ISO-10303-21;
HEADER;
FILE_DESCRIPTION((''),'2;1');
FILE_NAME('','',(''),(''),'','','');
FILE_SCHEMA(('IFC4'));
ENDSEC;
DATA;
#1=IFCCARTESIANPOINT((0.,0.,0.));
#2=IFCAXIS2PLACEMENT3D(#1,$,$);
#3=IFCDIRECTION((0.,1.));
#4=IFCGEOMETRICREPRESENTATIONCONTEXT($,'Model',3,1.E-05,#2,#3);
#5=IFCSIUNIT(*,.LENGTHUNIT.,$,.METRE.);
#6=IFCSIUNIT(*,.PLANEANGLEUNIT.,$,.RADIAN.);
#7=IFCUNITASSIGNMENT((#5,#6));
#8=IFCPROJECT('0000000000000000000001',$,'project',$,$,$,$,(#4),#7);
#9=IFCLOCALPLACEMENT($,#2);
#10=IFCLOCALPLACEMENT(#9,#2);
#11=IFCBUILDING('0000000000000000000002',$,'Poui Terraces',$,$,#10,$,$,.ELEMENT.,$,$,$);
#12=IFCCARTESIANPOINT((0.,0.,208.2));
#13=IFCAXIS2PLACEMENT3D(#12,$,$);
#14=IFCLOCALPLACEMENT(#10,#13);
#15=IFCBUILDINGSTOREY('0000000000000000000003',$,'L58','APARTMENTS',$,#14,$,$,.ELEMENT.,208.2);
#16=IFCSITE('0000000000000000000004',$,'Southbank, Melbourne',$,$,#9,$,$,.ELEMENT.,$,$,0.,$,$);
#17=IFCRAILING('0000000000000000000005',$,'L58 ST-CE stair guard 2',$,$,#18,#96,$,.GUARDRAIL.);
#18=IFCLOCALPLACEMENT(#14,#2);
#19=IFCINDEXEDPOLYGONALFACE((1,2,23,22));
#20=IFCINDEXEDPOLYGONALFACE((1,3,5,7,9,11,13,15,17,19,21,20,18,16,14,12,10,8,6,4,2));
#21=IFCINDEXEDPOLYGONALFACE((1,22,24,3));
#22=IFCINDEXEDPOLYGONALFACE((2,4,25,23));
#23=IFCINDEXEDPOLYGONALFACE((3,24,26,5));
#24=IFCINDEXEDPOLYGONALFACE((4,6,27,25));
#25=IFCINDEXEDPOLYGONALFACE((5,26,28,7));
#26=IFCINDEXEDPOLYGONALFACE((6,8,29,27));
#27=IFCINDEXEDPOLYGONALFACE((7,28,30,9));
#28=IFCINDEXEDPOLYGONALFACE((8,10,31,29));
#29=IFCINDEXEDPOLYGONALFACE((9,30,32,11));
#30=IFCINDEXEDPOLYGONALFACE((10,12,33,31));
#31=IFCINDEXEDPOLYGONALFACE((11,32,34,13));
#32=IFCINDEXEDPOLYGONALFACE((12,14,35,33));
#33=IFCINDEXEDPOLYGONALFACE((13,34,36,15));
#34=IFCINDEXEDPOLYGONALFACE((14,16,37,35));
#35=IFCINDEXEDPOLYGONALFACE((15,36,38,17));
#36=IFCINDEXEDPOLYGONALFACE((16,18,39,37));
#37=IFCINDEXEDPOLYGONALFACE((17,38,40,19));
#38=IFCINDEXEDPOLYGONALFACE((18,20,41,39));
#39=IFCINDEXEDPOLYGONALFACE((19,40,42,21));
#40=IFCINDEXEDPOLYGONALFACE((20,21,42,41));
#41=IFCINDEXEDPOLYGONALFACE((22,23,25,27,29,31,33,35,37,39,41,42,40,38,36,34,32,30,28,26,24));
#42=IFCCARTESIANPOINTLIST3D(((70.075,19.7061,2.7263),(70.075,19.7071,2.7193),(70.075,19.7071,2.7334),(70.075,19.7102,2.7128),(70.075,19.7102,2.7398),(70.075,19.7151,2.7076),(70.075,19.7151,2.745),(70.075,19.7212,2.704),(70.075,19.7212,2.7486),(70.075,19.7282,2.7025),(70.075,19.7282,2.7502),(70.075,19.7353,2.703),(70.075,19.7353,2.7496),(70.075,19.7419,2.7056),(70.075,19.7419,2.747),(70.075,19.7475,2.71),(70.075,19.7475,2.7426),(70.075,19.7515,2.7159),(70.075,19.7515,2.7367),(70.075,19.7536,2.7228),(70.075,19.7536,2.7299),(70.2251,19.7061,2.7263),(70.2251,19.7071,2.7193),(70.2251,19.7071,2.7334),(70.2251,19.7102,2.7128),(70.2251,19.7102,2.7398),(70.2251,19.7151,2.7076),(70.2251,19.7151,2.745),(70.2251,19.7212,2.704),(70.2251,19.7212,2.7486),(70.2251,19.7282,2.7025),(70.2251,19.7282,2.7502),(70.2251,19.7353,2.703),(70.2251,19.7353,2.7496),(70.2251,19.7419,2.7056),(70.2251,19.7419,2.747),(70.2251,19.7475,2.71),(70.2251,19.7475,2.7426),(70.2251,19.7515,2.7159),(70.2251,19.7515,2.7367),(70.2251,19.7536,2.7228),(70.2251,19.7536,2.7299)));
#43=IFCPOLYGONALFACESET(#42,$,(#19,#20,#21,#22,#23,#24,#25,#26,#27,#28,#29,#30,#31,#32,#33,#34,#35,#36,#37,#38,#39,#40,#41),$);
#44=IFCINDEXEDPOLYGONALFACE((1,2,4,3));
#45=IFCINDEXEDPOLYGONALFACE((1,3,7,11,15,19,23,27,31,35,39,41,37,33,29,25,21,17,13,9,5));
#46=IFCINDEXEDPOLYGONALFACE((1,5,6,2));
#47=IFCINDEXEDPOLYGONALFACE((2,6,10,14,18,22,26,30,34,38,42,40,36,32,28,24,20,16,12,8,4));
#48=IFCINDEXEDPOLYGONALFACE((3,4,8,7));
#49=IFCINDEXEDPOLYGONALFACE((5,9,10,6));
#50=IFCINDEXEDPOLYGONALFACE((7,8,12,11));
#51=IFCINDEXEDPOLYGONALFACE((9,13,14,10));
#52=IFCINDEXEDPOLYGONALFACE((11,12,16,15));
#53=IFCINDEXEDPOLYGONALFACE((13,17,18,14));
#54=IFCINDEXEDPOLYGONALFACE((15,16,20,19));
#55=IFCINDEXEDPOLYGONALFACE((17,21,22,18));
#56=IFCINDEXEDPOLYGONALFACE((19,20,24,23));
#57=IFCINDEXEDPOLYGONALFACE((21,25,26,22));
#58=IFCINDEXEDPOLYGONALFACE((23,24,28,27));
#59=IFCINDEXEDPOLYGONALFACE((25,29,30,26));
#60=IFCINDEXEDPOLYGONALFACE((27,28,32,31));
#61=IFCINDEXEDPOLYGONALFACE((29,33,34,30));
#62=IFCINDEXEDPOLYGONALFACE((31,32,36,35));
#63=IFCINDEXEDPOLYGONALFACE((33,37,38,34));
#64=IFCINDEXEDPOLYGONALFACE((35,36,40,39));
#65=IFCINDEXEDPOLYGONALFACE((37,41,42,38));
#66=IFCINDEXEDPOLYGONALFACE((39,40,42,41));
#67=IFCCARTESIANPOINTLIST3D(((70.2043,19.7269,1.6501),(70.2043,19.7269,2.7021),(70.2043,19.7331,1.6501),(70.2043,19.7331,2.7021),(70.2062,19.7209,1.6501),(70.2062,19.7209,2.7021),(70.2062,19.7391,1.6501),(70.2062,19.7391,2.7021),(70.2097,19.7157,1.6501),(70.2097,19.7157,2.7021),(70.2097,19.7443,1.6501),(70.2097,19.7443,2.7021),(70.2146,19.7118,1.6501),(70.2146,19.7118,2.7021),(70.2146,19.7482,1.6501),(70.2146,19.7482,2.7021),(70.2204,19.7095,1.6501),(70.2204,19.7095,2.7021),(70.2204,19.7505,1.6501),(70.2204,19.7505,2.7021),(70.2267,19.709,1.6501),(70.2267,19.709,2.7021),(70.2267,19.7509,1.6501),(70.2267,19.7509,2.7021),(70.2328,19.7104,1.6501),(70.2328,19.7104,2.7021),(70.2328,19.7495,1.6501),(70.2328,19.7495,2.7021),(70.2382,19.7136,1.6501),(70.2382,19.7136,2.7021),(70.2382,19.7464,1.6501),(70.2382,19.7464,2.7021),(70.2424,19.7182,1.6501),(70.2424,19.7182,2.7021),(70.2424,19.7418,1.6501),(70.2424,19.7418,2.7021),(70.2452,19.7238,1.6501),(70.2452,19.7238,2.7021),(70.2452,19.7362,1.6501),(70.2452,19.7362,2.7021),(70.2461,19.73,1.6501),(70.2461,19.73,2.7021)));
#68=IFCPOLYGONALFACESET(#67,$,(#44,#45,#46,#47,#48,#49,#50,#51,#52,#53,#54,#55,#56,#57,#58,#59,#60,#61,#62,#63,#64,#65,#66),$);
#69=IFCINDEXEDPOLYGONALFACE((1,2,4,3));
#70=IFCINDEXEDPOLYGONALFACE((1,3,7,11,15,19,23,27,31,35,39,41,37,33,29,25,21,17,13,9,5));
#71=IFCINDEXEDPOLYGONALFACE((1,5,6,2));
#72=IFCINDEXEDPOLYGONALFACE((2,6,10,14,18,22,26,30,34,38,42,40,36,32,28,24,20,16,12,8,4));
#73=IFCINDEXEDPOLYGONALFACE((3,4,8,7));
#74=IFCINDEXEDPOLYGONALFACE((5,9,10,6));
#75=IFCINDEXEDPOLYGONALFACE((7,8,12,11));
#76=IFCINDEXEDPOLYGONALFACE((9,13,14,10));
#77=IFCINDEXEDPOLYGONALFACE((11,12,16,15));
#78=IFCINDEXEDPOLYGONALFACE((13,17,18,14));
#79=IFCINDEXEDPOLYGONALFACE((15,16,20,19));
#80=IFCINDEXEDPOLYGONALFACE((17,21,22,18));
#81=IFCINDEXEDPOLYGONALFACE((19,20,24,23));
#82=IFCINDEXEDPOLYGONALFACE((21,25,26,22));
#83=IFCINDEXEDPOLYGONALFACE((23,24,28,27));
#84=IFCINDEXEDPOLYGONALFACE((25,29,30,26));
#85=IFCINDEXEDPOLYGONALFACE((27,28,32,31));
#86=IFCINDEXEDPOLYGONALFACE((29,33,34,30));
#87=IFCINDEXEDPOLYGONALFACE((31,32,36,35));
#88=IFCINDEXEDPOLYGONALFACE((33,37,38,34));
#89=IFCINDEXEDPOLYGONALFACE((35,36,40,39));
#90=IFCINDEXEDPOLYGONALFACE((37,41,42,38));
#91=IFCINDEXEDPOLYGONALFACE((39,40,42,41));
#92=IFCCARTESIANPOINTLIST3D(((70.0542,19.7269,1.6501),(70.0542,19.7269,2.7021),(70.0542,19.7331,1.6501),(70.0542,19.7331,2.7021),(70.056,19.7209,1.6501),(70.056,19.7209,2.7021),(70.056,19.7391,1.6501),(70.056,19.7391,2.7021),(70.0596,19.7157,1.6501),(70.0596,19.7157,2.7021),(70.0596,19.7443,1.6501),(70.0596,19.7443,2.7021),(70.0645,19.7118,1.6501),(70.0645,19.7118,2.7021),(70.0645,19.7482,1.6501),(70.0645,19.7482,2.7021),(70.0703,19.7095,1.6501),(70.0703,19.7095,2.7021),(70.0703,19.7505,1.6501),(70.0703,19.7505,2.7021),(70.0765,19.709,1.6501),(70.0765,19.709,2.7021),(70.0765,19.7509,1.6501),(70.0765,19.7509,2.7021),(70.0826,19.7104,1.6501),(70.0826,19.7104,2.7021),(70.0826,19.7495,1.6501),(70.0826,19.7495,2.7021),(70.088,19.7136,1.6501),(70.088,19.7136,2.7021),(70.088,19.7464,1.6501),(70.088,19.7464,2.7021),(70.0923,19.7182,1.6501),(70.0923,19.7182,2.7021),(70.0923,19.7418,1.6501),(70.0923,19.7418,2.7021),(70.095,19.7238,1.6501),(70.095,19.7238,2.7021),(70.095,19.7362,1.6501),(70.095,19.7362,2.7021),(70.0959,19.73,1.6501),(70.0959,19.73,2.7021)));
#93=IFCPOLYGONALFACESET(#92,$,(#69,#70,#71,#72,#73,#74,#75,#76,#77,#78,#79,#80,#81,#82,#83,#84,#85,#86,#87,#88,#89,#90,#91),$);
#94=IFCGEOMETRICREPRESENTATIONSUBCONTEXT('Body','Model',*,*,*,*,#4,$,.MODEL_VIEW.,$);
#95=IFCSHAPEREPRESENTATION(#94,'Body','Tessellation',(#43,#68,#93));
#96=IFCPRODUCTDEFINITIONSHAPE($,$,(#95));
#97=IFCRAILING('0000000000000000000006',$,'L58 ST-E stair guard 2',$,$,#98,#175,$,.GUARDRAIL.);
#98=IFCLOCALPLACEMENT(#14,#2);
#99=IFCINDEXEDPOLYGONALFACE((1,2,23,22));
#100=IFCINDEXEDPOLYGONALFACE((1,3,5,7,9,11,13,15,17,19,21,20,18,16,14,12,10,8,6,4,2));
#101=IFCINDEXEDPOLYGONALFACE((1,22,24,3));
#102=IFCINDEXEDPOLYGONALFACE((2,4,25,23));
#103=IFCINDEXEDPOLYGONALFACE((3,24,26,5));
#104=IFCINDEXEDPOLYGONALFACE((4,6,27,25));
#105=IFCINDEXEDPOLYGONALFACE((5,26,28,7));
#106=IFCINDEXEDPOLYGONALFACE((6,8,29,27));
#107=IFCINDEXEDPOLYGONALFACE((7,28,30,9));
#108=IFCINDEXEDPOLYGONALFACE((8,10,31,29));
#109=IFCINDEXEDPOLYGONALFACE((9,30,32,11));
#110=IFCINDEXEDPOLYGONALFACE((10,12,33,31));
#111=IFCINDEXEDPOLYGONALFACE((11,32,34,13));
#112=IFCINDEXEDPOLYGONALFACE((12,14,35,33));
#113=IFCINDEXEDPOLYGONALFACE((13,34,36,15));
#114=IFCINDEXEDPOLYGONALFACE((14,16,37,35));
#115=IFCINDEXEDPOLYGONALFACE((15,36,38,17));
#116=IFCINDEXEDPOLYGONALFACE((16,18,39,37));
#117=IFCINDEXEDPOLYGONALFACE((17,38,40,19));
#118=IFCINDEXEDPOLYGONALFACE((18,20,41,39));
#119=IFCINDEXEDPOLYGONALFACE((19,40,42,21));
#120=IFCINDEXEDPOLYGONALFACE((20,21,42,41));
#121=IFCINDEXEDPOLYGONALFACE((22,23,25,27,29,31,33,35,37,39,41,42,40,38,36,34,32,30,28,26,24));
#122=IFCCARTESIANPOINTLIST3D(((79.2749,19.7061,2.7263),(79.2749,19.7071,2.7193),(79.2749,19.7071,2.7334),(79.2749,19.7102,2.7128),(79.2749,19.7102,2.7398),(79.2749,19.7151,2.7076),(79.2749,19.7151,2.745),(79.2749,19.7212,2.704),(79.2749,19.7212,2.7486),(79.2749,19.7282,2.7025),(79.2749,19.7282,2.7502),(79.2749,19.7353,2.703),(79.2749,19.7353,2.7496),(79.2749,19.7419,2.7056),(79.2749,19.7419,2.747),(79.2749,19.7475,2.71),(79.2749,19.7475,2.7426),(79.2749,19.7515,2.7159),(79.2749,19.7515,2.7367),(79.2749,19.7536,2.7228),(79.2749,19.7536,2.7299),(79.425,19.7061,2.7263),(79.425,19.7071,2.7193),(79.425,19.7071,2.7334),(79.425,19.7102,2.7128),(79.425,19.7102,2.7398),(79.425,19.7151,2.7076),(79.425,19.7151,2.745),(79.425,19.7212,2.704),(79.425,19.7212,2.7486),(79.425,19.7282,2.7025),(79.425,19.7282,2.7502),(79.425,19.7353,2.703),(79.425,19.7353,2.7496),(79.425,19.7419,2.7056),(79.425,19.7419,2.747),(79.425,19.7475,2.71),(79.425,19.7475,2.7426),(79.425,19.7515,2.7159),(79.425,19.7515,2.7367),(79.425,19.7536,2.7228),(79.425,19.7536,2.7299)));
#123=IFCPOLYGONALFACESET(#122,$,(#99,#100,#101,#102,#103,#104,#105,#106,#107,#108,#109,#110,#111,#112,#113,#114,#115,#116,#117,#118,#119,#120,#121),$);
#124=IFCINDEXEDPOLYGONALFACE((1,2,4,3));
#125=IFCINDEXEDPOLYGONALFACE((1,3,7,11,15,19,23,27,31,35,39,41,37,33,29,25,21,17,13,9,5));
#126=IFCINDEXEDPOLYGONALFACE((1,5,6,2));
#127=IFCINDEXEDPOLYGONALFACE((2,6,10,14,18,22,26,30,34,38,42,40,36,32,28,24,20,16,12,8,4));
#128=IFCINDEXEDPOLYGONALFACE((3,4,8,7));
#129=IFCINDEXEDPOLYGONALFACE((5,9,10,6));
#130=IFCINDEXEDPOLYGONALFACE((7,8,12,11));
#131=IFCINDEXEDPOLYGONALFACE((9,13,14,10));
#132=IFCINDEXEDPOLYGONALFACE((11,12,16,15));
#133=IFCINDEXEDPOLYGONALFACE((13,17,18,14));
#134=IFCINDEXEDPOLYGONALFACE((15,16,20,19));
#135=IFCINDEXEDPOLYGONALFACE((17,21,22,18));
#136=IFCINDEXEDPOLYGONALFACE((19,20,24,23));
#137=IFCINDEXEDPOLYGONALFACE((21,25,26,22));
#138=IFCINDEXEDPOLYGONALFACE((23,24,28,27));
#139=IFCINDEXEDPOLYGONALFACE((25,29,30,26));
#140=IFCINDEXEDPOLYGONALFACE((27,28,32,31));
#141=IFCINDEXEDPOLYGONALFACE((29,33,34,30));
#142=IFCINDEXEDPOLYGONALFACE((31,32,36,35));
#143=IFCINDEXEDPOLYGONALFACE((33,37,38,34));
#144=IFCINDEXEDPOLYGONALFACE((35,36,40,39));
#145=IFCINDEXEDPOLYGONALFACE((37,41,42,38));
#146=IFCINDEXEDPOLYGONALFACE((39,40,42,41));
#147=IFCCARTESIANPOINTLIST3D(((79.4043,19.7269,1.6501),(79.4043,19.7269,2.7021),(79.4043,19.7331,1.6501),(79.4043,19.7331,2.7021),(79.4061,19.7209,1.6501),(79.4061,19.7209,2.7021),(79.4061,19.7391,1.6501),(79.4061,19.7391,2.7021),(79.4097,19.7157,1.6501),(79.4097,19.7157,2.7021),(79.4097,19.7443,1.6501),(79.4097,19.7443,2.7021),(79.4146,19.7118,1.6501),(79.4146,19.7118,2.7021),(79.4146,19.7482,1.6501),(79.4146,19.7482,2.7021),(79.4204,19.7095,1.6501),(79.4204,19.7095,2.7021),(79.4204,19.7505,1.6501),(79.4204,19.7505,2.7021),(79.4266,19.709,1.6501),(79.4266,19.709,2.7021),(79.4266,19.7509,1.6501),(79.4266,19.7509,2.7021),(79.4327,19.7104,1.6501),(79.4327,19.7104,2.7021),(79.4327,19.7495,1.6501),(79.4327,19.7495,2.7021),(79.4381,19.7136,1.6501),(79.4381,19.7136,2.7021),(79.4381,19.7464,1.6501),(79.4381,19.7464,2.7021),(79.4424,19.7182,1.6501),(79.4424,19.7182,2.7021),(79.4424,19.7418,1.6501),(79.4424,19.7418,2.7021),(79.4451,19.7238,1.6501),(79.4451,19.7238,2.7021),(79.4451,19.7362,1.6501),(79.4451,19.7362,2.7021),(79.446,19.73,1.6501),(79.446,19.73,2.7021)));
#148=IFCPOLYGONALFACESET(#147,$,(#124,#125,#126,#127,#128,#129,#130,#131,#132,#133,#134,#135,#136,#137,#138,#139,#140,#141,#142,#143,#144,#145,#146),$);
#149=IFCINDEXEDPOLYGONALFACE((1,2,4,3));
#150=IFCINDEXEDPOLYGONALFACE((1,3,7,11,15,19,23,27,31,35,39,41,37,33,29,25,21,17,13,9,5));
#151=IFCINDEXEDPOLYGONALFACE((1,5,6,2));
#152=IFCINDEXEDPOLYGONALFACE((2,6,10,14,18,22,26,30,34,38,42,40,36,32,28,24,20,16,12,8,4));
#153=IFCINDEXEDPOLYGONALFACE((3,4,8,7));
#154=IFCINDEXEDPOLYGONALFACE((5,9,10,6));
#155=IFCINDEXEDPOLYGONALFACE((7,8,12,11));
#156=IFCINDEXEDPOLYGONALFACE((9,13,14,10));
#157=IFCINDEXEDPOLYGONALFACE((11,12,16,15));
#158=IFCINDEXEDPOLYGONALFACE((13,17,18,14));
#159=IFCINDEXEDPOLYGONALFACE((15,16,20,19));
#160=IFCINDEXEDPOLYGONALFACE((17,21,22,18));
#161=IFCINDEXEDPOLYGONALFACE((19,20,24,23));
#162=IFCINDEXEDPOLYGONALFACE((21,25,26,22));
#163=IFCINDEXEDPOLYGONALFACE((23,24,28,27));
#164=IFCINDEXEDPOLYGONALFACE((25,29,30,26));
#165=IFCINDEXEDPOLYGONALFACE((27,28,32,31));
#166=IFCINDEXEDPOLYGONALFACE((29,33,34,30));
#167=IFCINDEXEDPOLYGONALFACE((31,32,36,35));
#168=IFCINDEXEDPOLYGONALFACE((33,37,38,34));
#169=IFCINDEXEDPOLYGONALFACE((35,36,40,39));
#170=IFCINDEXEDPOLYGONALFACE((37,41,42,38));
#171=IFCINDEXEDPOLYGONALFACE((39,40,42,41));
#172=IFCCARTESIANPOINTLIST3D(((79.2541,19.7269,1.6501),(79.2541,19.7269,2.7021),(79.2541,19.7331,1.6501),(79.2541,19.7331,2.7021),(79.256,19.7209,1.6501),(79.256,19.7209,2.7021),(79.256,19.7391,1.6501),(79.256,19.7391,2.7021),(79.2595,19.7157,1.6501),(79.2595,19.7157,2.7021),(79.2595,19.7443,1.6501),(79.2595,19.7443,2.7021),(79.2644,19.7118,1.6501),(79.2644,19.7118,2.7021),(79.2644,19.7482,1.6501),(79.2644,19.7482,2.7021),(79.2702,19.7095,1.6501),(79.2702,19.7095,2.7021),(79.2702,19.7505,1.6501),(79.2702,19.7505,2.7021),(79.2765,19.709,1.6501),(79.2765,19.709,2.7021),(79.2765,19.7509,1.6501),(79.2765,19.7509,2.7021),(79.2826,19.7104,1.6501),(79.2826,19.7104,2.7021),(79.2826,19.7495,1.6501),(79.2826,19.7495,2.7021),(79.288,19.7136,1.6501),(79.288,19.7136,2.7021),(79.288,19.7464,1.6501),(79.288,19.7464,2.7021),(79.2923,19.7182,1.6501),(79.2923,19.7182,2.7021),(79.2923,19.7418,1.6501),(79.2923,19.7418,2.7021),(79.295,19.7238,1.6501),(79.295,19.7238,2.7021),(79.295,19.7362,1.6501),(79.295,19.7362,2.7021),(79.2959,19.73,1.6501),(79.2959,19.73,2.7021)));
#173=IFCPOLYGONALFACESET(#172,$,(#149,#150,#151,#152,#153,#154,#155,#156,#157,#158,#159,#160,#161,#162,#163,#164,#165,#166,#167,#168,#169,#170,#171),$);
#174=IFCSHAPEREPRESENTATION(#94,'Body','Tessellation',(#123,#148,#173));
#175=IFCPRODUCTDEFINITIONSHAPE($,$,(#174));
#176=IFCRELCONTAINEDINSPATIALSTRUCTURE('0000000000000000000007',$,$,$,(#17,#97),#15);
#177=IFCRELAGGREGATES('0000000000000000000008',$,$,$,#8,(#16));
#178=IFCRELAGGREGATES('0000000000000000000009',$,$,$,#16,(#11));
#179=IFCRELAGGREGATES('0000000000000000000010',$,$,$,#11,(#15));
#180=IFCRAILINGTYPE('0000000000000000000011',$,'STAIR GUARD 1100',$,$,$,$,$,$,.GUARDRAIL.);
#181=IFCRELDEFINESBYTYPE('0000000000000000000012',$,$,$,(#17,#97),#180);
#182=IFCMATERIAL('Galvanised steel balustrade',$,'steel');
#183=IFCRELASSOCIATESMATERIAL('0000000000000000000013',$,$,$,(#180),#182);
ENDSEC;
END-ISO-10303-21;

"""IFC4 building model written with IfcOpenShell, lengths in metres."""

from ifc_helpers import new_model, si_unit, direction, frame, origin, origin_2d, place, context, subcontext, project, spatial, circle, extrude, material, type_object, element, save


model = new_model("IFC4")

# Units and contexts
model_context = context("Model", 3, precision=1e-05, world=origin(), true_north=direction((0.0, 1.0)))
body_context = subcontext(model_context, "Body", "Model", "MODEL_VIEW")
ifc_project = project(units=[si_unit("LENGTHUNIT", "METRE"), si_unit("PLANEANGLEUNIT", "RADIAN")], contexts=[model_context])

# Site, building, storey
site_placement = place(None, origin())
site = spatial("IfcSite", under=ifc_project, at=site_placement, Name="Southbank, Melbourne", CompositionType="ELEMENT", RefElevation=0.0)
building_placement = place(site_placement, origin())
building = spatial("IfcBuilding", under=site, at=building_placement, Name="Poui Terraces", CompositionType="ELEMENT")
storey_placement = place(building_placement, frame((0.0, 0.0, 208.2)))
storey = spatial("IfcBuildingStorey", under=building, at=storey_placement, Name="L58", Description="APARTMENTS", CompositionType="ELEMENT", Elevation=208.2)

# Railings
ifc_material_1 = material(Name="Galvanised steel balustrade", Category="steel")
railing_type = type_object("IfcRailingType", Name="STAIR GUARD 1100", PredefinedType="GUARDRAIL", material=ifc_material_1)
for number, where, name in (
    (1, (70.2251, 19.73, 1.6501), "L58 ST-CE stair guard 2"),
    (2, (79.425, 19.73, 1.6501), "L58 ST-E stair guard 2"),
):
    element("IfcRailing", number, at=place(storey_placement, frame(where)), inside=storey, type_object=railing_type, Name=name, PredefinedType="GUARDRAIL", context=body_context, shape_type="SweptSolid", body=[
        extrude(circle(Radius=0.0239, at=origin_2d()), frame((0.0, 0.0, 1.0762), z_axis=(-1.0, 0.0, 0.0), x_axis=(0.0, -1.0, 0.0)), (0.0, 0.0, 1.0), 0.1501),
        extrude(circle(Radius=0.021, at=origin_2d()), origin(), (0.0, 0.0, 1.0), 1.052),
        extrude(circle(Radius=0.021, at=origin_2d()), frame((-0.1501, 0.0, 0.0)), (0.0, 0.0, 1.0), 1.052),
    ])

save(model, "model.ifc")
